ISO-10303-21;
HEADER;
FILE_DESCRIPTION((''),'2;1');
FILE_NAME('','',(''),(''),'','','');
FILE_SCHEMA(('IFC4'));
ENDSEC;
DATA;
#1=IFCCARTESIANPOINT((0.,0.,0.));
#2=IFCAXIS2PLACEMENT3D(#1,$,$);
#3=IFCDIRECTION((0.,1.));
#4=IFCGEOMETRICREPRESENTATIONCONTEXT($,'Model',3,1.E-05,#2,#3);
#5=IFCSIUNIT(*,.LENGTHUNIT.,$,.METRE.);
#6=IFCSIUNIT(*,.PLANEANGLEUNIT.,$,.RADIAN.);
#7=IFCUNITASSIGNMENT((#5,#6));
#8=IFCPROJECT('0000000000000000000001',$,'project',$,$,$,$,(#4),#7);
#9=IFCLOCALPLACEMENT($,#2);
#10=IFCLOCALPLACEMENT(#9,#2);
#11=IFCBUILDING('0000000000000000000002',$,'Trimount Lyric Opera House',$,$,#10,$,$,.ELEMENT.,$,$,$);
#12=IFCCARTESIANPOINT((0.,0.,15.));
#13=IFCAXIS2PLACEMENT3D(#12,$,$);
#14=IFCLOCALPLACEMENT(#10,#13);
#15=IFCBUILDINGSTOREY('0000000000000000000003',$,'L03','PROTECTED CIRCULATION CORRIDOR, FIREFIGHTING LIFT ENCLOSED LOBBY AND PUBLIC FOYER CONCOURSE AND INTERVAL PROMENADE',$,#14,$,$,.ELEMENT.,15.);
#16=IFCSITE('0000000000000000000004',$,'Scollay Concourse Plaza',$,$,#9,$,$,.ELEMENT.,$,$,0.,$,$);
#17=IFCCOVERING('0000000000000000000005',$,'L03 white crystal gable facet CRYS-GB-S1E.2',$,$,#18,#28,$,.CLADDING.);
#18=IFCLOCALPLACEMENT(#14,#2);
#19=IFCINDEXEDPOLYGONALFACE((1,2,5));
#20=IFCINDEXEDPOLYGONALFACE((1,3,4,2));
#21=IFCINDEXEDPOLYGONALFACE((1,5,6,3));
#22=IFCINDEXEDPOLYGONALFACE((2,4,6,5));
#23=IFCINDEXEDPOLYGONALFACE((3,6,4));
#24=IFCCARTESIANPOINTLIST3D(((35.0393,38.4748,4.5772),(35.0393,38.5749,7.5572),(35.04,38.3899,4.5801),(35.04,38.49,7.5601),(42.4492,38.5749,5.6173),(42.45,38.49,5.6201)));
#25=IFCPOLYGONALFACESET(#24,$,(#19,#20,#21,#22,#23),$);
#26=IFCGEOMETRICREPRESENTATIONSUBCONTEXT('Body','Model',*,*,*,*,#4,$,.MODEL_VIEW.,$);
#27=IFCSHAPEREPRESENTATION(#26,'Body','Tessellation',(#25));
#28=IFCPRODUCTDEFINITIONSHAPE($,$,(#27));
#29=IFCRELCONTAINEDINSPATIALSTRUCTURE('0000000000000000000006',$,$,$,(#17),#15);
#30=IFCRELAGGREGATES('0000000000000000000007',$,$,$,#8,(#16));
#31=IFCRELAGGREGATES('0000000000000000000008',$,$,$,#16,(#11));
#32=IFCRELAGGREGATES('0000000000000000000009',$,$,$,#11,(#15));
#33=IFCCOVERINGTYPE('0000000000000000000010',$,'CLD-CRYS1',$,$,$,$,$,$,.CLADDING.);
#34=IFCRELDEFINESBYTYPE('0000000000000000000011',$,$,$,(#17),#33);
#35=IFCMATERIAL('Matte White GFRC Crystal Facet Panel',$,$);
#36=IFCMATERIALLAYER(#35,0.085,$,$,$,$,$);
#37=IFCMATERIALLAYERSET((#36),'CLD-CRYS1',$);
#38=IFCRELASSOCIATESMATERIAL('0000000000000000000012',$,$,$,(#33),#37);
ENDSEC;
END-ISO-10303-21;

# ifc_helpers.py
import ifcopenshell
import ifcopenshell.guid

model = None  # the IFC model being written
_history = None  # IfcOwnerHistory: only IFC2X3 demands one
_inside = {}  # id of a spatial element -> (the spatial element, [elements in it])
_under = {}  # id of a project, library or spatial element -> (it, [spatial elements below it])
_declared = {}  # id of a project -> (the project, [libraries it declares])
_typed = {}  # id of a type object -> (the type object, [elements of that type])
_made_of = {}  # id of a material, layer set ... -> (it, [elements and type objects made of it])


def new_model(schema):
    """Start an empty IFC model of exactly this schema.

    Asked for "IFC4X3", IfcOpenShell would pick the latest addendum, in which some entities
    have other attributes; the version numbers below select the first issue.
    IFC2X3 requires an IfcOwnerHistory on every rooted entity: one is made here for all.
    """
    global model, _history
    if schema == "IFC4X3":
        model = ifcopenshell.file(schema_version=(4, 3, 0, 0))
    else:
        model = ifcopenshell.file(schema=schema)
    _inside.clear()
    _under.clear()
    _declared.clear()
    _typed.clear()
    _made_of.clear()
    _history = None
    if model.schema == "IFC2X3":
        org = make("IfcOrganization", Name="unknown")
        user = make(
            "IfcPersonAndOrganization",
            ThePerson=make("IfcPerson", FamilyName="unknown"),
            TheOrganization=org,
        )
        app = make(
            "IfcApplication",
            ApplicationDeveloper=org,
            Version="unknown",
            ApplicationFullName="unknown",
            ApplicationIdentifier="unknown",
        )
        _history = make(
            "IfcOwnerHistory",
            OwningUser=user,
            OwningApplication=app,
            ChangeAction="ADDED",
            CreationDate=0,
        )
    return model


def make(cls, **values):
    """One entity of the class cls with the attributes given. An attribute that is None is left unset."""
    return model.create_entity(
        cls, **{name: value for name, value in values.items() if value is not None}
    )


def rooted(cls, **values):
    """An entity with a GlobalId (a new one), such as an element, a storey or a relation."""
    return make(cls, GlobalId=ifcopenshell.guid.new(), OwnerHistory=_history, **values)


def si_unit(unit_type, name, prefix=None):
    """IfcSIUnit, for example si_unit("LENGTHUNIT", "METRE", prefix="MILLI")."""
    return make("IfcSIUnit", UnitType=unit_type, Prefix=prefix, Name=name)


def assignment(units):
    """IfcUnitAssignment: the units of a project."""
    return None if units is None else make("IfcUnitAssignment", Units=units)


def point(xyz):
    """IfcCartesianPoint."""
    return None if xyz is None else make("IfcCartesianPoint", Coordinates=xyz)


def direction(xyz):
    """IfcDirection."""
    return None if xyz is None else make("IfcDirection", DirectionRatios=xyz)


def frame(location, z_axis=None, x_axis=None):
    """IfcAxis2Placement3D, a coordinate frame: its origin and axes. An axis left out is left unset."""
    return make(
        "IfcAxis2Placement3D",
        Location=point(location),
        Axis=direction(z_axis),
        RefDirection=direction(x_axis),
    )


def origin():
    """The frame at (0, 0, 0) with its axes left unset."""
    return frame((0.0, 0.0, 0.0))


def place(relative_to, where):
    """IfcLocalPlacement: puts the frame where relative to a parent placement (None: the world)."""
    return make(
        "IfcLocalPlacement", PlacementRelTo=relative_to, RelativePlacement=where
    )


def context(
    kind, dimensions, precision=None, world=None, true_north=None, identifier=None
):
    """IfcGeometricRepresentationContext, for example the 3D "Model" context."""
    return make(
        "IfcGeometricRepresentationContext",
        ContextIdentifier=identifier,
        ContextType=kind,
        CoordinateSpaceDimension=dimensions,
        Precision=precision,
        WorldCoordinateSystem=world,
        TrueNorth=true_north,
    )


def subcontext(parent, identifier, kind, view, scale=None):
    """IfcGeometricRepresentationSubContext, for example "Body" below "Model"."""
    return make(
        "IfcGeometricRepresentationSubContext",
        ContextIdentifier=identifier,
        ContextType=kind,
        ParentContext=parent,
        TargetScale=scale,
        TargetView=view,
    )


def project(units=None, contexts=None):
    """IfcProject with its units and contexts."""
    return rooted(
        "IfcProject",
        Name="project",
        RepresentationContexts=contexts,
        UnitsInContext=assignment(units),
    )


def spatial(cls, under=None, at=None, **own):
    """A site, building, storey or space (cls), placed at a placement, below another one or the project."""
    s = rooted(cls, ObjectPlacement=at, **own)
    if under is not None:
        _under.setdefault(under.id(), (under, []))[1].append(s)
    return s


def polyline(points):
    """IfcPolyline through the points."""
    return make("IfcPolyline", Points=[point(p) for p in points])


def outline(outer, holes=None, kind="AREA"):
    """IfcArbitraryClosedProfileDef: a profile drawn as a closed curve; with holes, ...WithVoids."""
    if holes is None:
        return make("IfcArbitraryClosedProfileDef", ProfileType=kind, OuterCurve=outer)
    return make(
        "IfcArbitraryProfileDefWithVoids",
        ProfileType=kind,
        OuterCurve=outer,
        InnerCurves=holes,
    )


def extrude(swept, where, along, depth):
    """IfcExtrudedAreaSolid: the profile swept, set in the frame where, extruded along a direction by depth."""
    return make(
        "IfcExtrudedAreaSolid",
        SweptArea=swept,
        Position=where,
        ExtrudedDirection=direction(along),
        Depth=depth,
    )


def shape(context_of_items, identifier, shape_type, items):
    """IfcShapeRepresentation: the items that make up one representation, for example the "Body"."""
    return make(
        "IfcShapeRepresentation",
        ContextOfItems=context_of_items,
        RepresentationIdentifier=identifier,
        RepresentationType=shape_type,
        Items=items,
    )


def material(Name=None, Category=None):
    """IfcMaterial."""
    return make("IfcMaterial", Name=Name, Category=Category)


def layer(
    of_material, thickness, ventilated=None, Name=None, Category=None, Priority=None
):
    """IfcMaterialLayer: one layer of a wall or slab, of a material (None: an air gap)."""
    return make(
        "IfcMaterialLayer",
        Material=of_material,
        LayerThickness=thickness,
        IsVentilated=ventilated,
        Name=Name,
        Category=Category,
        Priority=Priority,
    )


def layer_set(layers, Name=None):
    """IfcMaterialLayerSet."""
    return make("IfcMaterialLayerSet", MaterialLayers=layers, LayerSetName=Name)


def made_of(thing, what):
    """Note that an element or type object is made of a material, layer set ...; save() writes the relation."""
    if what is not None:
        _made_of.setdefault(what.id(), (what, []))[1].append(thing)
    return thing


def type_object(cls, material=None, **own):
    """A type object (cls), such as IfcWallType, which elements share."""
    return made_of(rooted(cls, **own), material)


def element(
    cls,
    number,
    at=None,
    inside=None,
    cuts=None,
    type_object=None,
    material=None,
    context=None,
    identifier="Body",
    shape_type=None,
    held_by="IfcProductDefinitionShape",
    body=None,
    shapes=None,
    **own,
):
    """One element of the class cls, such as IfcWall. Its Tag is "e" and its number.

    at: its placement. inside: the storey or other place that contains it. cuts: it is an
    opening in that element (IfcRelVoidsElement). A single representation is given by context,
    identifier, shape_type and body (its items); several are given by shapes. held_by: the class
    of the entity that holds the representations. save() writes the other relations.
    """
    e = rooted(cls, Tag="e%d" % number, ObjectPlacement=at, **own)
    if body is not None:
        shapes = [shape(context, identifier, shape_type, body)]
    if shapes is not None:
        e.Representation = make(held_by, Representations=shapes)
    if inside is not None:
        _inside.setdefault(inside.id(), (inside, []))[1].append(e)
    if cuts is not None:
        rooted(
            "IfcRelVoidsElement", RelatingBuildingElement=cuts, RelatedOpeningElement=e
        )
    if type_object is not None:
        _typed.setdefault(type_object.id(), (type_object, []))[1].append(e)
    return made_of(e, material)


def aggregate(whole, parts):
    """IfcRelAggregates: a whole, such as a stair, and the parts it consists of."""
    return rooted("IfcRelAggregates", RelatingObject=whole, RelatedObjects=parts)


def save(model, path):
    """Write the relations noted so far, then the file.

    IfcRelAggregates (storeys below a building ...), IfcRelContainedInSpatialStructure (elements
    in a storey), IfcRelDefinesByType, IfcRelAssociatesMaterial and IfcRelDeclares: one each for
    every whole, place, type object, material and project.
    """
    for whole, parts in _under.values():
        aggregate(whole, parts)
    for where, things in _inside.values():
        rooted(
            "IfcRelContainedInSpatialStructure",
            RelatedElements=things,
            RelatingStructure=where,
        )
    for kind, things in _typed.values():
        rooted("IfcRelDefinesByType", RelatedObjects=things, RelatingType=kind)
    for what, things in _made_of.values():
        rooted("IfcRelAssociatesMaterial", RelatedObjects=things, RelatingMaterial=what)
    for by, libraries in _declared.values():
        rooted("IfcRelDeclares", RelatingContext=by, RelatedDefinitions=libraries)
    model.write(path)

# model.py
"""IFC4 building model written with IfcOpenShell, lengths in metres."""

from ifc_helpers import new_model, si_unit, direction, frame, origin, place, context, subcontext, project, spatial, polyline, outline, extrude, material, layer, layer_set, type_object, element, save


model = new_model("IFC4")

# Units and contexts
model_context = context("Model", 3, precision=1e-05, world=origin(), true_north=direction((0.0, 1.0)))
body_context = subcontext(model_context, "Body", "Model", "MODEL_VIEW")
ifc_project = project(units=[si_unit("LENGTHUNIT", "METRE"), si_unit("PLANEANGLEUNIT", "RADIAN")], contexts=[model_context])

# Site, building, storey
site_placement = place(None, origin())
site = spatial("IfcSite", under=ifc_project, at=site_placement, Name="Scollay Concourse Plaza", CompositionType="ELEMENT", RefElevation=0.0)
building_placement = place(site_placement, origin())
building = spatial("IfcBuilding", under=site, at=building_placement, Name="Trimount Lyric Opera House", CompositionType="ELEMENT")
storey_placement = place(building_placement, frame((0.0, 0.0, 15.0)))
storey = spatial("IfcBuildingStorey", under=building, at=storey_placement, Name="L03", Description="PROTECTED CIRCULATION CORRIDOR, FIREFIGHTING LIFT ENCLOSED LOBBY AND PUBLIC FOYER CONCOURSE AND INTERVAL PROMENADE", CompositionType="ELEMENT", Elevation=15.0)

# Covering
ifc_material_1 = material(Name="Matte White GFRC Crystal Facet Panel")
ifc_layer_1 = layer(ifc_material_1, 0.085)
ifc_layer_set_1 = layer_set([ifc_layer_1], Name="CLD-CRYS1")
covering_type = type_object("IfcCoveringType", Name="CLD-CRYS1", PredefinedType="CLADDING", material=ifc_layer_set_1)
covering_1_placement = place(storey_placement, frame((35.04, 38.3899, 4.5801), z_axis=(0.008789, -0.999398, 0.03357), x_axis=(0.990204, 0.013376, 0.138983)))
element("IfcCovering", 1, at=covering_1_placement, inside=storey, type_object=covering_type, Name="L03 white crystal gable facet CRYS-GB-S1E.2", PredefinedType="CLADDING", context=body_context, shape_type="SweptSolid", body=[
    extrude(outline(polyline([(0.0, 0.0), (7.4832, 0.0), (0.4155, 2.9526), (0.0, 0.0)])), origin(), (0.0, 0.0, -1.0), 0.085),
])

save(model, "model.ifc")
